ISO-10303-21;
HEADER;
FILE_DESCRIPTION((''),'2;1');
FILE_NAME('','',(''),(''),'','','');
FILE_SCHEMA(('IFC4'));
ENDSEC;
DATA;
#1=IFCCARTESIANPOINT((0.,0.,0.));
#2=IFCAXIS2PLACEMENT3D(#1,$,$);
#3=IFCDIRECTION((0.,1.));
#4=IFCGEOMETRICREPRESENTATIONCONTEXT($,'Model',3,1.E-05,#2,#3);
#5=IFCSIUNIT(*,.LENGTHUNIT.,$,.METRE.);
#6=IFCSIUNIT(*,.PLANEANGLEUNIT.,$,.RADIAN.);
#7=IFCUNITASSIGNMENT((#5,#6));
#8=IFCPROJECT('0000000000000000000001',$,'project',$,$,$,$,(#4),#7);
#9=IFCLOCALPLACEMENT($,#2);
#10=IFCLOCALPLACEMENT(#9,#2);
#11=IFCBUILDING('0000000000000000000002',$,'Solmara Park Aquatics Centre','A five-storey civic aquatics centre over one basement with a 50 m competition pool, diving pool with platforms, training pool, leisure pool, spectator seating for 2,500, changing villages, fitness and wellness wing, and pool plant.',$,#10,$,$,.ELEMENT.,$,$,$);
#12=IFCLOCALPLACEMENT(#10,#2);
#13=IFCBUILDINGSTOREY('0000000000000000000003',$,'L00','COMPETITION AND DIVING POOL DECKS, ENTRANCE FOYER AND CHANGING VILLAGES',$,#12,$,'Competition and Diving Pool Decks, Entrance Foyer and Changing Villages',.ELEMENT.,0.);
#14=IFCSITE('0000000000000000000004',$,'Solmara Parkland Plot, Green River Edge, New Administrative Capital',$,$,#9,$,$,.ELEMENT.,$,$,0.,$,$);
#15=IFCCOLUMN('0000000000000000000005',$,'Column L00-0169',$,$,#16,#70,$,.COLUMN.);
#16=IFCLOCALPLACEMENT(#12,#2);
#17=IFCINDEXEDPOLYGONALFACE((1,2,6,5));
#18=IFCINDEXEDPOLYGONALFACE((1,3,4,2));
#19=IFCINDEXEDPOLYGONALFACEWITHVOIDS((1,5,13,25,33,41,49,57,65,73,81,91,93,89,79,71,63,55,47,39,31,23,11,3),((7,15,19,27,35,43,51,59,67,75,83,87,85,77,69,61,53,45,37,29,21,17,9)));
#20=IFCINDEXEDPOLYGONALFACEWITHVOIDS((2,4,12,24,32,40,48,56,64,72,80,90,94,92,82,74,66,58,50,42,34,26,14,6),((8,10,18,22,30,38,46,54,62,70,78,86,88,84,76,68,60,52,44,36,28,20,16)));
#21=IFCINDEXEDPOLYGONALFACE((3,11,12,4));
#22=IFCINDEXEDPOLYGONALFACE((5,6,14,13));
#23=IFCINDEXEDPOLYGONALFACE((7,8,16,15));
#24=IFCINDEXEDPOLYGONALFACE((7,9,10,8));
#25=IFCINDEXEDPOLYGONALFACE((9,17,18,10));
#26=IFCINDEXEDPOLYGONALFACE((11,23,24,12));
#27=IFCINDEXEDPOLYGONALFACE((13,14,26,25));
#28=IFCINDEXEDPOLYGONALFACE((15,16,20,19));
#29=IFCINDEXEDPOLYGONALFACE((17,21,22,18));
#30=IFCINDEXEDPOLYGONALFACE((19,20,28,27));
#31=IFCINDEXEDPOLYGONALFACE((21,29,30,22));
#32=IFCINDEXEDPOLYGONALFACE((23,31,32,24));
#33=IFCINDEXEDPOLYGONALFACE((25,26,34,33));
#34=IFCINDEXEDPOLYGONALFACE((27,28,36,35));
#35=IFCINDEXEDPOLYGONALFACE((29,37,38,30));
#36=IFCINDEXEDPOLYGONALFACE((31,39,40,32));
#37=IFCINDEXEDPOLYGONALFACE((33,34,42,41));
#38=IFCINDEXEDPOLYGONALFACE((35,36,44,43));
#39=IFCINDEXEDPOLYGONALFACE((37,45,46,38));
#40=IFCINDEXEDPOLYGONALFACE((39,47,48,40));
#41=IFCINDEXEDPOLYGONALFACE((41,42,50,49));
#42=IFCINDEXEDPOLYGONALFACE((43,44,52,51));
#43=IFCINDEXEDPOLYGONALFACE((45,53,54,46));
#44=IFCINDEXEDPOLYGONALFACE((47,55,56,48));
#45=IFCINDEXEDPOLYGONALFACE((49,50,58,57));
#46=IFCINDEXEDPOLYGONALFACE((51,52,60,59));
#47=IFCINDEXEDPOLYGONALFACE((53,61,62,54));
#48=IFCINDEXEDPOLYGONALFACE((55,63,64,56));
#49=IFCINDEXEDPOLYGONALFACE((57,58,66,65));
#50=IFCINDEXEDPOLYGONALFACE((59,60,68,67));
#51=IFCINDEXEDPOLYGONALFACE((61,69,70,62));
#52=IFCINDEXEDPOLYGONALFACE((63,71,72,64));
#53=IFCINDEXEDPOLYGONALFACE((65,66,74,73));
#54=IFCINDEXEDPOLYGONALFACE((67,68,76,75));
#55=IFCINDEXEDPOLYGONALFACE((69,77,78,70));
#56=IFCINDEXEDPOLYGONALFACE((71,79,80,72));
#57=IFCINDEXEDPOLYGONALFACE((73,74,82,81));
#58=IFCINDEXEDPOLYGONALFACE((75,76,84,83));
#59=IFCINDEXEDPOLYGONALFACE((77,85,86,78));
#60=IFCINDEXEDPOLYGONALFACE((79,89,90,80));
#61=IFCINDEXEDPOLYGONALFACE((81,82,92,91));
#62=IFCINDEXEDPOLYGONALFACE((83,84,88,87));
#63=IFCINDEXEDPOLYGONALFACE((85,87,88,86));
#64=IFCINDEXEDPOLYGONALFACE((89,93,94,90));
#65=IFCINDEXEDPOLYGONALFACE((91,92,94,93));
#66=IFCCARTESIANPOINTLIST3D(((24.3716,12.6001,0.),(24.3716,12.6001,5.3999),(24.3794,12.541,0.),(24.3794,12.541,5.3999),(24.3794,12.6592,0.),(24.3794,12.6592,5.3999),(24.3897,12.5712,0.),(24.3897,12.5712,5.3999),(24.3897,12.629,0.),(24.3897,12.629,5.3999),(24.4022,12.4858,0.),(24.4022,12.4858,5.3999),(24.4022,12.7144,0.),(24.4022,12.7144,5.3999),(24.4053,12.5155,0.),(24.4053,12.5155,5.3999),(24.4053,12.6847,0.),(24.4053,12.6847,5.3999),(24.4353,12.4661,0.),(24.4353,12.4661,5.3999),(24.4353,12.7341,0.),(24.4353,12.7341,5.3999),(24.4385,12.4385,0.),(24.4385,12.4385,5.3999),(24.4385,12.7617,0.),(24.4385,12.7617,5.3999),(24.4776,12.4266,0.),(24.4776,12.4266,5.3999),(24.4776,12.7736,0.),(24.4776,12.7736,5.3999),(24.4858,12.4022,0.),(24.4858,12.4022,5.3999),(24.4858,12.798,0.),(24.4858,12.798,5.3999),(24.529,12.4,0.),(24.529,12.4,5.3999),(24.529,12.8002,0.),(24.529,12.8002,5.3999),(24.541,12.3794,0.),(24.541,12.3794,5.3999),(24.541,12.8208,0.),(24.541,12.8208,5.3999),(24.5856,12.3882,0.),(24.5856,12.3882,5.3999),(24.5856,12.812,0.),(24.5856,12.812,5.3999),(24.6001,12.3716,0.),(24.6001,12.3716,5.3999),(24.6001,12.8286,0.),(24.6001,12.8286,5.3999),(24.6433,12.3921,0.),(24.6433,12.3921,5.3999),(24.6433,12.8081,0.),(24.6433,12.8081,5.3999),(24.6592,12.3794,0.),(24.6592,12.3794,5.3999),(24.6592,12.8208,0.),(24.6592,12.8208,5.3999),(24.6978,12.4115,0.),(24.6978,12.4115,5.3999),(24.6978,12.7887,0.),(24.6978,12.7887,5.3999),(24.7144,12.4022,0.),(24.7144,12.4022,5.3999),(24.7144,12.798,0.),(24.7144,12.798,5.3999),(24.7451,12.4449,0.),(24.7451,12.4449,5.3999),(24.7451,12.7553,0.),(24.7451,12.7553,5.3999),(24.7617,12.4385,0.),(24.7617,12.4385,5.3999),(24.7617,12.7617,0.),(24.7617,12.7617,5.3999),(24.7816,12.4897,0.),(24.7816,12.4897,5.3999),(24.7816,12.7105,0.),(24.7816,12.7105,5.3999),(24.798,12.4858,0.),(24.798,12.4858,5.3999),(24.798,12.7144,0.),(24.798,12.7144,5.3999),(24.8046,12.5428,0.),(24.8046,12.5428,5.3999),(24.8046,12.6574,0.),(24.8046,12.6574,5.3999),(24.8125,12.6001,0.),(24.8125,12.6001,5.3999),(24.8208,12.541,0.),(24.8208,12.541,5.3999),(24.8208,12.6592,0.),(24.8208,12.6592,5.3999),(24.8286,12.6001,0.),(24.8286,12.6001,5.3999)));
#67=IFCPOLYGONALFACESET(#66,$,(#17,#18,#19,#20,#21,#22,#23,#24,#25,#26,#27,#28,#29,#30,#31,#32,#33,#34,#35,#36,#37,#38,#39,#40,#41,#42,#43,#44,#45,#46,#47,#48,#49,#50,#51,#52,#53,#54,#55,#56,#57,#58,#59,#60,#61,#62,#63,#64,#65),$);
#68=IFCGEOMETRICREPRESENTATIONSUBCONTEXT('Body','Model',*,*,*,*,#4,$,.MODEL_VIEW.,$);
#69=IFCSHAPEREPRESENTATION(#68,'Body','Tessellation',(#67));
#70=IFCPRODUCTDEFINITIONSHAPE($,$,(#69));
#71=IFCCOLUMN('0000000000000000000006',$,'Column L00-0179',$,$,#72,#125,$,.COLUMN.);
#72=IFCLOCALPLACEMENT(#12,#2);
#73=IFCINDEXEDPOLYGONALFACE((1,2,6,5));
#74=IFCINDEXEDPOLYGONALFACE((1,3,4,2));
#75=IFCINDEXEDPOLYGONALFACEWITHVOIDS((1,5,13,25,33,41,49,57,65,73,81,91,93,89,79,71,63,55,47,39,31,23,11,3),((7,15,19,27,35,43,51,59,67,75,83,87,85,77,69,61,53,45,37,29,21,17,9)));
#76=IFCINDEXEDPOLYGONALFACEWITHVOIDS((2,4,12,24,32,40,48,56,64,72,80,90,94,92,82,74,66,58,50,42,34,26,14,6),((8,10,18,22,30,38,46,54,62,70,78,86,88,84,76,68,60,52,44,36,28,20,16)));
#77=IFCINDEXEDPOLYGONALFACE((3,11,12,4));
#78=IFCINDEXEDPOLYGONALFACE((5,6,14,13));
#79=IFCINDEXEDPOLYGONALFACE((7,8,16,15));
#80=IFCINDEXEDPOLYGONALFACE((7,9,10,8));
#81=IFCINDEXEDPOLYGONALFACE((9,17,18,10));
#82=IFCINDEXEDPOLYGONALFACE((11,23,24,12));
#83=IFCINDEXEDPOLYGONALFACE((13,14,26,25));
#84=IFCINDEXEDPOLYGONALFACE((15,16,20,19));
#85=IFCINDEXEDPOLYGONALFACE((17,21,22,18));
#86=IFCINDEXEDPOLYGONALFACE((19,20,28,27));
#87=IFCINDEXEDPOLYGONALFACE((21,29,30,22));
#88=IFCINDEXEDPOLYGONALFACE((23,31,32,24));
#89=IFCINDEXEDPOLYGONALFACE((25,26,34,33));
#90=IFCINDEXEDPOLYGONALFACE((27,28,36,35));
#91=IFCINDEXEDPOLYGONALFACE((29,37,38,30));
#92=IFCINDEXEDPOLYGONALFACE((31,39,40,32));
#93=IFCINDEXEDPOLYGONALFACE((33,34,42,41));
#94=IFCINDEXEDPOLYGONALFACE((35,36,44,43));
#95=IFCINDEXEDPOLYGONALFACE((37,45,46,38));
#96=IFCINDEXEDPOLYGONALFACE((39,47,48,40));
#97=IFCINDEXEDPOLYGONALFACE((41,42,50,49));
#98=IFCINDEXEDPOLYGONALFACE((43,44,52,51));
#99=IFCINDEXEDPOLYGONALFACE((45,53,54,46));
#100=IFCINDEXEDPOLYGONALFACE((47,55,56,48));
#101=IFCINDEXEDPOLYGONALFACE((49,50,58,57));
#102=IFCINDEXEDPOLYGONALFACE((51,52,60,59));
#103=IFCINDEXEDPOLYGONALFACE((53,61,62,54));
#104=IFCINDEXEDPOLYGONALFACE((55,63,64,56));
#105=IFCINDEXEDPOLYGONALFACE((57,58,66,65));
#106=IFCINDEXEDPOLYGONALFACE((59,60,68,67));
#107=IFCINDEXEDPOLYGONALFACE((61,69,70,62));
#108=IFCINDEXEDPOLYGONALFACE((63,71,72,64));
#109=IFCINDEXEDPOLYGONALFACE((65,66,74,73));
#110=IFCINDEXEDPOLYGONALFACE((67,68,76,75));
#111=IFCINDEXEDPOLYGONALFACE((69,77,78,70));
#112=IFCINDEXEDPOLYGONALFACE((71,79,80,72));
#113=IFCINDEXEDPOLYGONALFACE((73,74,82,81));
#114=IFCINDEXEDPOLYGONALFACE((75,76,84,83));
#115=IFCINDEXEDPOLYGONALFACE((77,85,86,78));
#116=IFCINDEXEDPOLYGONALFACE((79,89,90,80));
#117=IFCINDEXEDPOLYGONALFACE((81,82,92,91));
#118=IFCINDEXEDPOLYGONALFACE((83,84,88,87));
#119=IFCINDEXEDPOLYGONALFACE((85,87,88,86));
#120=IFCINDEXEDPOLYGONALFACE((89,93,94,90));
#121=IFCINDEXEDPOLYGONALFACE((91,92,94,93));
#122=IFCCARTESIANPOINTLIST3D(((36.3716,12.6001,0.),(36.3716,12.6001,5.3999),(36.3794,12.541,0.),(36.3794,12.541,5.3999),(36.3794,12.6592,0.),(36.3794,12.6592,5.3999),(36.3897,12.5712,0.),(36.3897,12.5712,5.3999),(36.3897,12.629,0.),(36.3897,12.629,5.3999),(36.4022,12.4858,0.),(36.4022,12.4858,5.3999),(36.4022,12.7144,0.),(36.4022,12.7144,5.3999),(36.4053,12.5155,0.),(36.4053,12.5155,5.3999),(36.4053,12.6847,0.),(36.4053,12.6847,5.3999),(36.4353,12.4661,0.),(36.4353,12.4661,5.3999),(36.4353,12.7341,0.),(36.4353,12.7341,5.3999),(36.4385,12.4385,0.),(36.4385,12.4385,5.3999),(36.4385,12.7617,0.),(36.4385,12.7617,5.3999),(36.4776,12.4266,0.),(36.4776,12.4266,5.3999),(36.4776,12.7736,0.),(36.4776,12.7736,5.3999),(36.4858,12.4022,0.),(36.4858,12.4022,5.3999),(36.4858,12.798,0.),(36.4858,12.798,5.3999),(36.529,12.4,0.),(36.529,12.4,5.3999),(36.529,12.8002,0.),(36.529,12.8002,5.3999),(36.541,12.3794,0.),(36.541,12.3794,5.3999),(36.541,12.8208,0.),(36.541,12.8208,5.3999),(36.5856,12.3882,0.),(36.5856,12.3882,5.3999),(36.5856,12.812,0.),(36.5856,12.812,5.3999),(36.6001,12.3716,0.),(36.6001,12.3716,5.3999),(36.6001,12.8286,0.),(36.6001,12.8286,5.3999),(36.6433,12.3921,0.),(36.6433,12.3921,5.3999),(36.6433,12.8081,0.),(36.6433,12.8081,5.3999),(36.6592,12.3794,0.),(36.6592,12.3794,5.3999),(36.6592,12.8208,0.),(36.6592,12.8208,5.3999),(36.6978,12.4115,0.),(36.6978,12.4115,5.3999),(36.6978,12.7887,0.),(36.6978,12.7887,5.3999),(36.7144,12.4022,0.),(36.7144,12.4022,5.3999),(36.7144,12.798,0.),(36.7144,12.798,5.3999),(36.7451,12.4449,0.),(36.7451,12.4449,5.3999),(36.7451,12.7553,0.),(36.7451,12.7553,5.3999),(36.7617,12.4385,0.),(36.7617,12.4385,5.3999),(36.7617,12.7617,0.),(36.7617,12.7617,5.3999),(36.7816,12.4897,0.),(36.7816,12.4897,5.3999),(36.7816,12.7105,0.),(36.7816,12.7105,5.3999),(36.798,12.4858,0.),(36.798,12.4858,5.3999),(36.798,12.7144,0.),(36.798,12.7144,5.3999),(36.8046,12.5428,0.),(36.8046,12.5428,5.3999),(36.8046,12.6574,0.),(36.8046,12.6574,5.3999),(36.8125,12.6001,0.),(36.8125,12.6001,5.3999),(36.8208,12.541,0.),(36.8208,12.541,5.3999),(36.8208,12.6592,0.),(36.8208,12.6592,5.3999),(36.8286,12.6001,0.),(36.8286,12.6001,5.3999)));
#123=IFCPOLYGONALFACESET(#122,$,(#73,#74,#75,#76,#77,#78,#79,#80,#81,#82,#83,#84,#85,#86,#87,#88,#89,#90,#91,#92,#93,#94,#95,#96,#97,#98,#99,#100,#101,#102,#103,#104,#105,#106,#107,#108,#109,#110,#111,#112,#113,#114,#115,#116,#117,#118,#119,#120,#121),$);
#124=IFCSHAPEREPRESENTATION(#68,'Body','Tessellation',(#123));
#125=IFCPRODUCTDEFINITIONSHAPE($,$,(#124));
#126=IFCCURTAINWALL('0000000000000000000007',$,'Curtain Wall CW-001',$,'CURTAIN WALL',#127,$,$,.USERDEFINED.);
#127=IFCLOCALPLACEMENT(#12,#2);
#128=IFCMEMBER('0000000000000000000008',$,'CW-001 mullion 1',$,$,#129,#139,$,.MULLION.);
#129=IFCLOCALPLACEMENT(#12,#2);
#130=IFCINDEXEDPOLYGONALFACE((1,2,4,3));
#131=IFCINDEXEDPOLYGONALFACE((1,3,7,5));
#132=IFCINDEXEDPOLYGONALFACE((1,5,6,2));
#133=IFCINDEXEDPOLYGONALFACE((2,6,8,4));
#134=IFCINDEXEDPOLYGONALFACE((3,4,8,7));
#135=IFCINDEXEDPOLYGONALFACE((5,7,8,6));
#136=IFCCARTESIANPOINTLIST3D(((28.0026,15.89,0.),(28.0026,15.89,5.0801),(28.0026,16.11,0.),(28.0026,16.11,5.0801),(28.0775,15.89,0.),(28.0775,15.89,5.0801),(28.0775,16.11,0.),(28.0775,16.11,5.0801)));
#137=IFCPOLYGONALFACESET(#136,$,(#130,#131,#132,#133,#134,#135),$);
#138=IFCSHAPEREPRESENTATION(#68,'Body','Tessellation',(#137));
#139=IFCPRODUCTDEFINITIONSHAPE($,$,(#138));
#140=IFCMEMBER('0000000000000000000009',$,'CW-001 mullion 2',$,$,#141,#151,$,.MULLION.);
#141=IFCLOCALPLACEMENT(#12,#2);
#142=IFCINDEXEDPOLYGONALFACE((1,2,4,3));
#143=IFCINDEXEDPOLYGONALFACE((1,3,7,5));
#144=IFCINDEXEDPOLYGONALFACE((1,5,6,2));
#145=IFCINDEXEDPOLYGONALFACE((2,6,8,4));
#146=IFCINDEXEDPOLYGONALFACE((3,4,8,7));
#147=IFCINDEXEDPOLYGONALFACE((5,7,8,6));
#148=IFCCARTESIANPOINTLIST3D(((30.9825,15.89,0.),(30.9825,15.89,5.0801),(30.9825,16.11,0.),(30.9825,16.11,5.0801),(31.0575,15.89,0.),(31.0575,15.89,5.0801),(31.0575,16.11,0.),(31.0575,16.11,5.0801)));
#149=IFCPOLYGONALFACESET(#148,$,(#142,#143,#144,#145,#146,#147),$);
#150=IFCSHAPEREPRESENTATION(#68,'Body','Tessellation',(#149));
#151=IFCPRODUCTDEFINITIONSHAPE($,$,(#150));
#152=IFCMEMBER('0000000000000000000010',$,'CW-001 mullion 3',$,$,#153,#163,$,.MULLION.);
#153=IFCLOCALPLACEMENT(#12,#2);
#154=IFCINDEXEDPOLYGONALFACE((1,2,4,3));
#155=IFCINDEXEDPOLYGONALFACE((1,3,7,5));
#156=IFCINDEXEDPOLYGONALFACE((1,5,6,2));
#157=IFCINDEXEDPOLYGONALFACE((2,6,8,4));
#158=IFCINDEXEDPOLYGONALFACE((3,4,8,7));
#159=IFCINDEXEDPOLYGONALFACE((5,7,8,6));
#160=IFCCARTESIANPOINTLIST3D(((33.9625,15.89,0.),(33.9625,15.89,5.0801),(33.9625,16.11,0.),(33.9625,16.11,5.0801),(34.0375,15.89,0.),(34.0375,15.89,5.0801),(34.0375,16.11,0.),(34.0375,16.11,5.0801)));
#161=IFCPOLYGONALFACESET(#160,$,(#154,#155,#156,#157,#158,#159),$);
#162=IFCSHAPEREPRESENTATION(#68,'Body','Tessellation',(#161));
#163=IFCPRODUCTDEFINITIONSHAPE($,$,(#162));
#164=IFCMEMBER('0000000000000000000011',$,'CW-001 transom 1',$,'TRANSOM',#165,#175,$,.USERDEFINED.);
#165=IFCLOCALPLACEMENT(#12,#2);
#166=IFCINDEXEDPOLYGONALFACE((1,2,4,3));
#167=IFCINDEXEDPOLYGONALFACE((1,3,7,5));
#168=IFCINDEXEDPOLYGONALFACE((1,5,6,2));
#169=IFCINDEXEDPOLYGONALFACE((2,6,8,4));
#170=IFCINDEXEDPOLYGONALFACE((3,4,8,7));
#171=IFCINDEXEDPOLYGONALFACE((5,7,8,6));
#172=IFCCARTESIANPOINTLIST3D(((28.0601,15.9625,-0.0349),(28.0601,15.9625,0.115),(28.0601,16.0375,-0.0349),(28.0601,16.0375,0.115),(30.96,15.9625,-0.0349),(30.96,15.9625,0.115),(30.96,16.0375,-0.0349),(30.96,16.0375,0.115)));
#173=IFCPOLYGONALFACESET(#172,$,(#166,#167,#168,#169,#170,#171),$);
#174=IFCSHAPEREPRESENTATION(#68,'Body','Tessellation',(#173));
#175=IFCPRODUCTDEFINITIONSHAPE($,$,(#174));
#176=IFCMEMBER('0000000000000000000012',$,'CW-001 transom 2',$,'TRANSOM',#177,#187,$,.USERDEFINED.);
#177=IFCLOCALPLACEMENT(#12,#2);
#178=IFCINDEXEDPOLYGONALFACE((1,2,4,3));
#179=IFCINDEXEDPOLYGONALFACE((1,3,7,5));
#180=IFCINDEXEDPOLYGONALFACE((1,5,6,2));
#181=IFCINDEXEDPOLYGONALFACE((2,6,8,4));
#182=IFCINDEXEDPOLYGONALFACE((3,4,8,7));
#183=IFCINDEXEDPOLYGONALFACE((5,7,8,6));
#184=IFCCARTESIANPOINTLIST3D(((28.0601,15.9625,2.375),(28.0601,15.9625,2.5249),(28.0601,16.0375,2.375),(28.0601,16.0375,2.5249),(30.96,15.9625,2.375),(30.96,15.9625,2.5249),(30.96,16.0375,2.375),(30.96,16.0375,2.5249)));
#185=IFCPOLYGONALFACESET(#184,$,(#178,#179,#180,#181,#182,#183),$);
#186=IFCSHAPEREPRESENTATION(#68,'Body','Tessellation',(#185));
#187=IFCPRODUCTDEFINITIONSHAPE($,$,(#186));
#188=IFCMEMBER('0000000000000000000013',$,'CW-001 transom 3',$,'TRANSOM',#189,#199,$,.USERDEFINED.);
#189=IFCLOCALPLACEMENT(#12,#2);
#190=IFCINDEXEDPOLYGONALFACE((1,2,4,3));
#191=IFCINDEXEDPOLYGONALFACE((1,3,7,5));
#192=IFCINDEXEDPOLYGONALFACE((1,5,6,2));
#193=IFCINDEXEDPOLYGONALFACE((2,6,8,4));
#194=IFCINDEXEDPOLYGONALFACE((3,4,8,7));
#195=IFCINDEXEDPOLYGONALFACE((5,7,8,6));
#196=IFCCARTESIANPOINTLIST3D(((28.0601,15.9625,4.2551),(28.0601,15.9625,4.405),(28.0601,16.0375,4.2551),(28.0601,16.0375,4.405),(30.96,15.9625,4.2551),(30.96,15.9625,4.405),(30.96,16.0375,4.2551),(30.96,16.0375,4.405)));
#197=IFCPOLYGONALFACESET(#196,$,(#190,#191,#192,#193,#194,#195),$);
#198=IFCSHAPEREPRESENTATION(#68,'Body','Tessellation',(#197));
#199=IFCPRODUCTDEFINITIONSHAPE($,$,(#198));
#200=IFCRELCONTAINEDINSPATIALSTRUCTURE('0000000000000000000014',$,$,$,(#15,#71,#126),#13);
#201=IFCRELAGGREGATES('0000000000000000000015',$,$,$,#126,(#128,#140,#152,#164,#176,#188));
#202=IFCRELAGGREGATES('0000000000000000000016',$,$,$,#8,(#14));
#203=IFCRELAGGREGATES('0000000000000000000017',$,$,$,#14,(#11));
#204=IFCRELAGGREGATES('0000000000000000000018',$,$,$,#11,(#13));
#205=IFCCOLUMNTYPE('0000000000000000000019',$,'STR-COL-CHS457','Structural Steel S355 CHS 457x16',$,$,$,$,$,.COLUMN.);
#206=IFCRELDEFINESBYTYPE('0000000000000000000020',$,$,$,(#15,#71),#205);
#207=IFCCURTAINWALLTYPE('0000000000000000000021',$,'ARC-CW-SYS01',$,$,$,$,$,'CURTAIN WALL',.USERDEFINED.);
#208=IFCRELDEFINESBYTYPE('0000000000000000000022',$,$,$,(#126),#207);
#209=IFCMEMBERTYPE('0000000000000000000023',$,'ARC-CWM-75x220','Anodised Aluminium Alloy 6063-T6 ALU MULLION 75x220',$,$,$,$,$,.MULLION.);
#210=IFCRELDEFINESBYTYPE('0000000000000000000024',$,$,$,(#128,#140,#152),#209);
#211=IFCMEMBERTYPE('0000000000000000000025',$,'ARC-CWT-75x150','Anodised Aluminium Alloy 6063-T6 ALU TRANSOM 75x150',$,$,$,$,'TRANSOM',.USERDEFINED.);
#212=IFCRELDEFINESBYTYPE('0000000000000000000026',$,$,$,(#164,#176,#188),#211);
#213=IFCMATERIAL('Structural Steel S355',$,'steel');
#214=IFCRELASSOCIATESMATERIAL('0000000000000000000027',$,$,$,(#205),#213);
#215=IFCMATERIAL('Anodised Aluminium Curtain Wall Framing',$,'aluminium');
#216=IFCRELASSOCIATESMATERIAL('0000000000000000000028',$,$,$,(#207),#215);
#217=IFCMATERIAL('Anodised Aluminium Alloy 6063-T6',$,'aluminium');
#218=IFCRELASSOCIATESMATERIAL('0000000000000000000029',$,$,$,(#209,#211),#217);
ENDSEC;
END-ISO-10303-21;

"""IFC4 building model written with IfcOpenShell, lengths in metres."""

from ifc_helpers import new_model, si_unit, direction, frame, origin, origin_2d, place, context, subcontext, project, spatial, rectangle, hollow_circle, extrude, material, material_profile, profile_set, type_object, element, aggregate, save


model = new_model("IFC4")

# Units and contexts
model_context = context("Model", 3, precision=1e-05, world=origin(), true_north=direction((0.0, 1.0)))
body_context = subcontext(model_context, "Body", "Model", "MODEL_VIEW")
ifc_project = project(units=[si_unit("LENGTHUNIT", "METRE"), si_unit("PLANEANGLEUNIT", "RADIAN")], contexts=[model_context])

# Site, building, storey
site_placement = place(None, origin())
site = spatial("IfcSite", under=ifc_project, at=site_placement, Name="Solmara Parkland Plot, Green River Edge, New Administrative Capital", CompositionType="ELEMENT", RefElevation=0.0)
building_placement = place(site_placement, origin())
building = spatial("IfcBuilding", under=site, at=building_placement, Name="Solmara Park Aquatics Centre", Description="A five-storey civic aquatics centre over one basement with a 50 m competition pool, diving pool with platforms, training pool, leisure pool, spectator seating for 2,500, changing villages, fitness and wellness wing, and pool plant.", CompositionType="ELEMENT")
storey_placement = place(building_placement, origin())
storey = spatial("IfcBuildingStorey", under=building, at=storey_placement, Name="L00", Description="COMPETITION AND DIVING POOL DECKS, ENTRANCE FOYER AND CHANGING VILLAGES", LongName="Competition and Diving Pool Decks, Entrance Foyer and Changing Villages", CompositionType="ELEMENT", Elevation=0.0)

# Columns
ifc_material_1 = material(Name="Structural Steel S355", Category="steel")
ifc_material_profile_1 = material_profile(ifc_material_1, hollow_circle(Radius=0.2285, WallThickness=0.0161, at=origin_2d()), Name="CHS 457x16")
ifc_profile_set_1 = profile_set([ifc_material_profile_1], Name="Structural Steel S355")
column_type = type_object("IfcColumnType", Name="STR-COL-CHS457", Description="Structural Steel S355 CHS 457x16", PredefinedType="COLUMN", material=ifc_profile_set_1)
for number, where, z_axis, x_axis, name in (
    (1, (24.6001, 12.6001, 0.0), (0.0, 0.0, 1.0), (1.0, 0.0, 0.0), "Column L00-0169"),
    (2, (36.6001, 12.6001, 0.0), (0.0, 0.0, 1.0), (1.0, 0.0, 0.0), "Column L00-0179"),
):
    element("IfcColumn", number, at=place(storey_placement, frame(where, z_axis=z_axis, x_axis=x_axis)), inside=storey, type_object=column_type, Name=name, PredefinedType="COLUMN", context=body_context, shape_type="SweptSolid", body=[
        extrude(hollow_circle(Radius=0.2285, WallThickness=0.0161, at=origin_2d()), origin(), (0.0, 0.0, 1.0), 5.3999),
    ])

# Curtain wall, members
ifc_material_2 = material(Name="Anodised Aluminium Curtain Wall Framing", Category="aluminium")
curtain_wall_type = type_object("IfcCurtainWallType", Name="ARC-CW-SYS01", ElementType="CURTAIN WALL", PredefinedType="USERDEFINED", material=ifc_material_2)
curtain_wall_placement = place(storey_placement, origin())
curtain_wall = element("IfcCurtainWall", 3, at=curtain_wall_placement, inside=storey, type_object=curtain_wall_type, Name="Curtain Wall CW-001", ObjectType="CURTAIN WALL", PredefinedType="USERDEFINED")
ifc_material_3 = material(Name="Anodised Aluminium Alloy 6063-T6", Category="aluminium")
ifc_material_profile_2 = material_profile(ifc_material_3, rectangle(XDim=0.075, YDim=0.22, at=origin_2d()), Name="ALU MULLION 75x220")
ifc_profile_set_2 = profile_set([ifc_material_profile_2], Name="Anodised Aluminium Alloy 6063-T6")
member_type_1 = type_object("IfcMemberType", Name="ARC-CWM-75x220", Description="Anodised Aluminium Alloy 6063-T6 ALU MULLION 75x220", PredefinedType="MULLION", material=ifc_profile_set_2)
member_1_placement = place(storey_placement, frame((28.04, 16.0, 0.0), z_axis=(0.0, 0.0, 1.0), x_axis=(1.0, 0.0, 0.0)))
member_1 = element("IfcMember", 4, at=member_1_placement, type_object=member_type_1, Name="CW-001 mullion 1", PredefinedType="MULLION", context=body_context, shape_type="SweptSolid", body=[
    extrude(rectangle(XDim=0.075, YDim=0.22, at=origin_2d()), origin(), (0.0, 0.0, 1.0), 5.0801),
])
member_2_placement = place(storey_placement, frame((31.02, 16.0, 0.0), z_axis=(0.0, 0.0, 1.0), x_axis=(1.0, 0.0, 0.0)))
member_2 = element("IfcMember", 5, at=member_2_placement, type_object=member_type_1, Name="CW-001 mullion 2", PredefinedType="MULLION", context=body_context, shape_type="SweptSolid", body=[
    extrude(rectangle(XDim=0.075, YDim=0.22, at=origin_2d()), origin(), (0.0, 0.0, 1.0), 5.0801),
])
member_3_placement = place(storey_placement, frame((34.0, 16.0, 0.0), z_axis=(0.0, 0.0, 1.0), x_axis=(1.0, 0.0, 0.0)))
member_3 = element("IfcMember", 6, at=member_3_placement, type_object=member_type_1, Name="CW-001 mullion 3", PredefinedType="MULLION", context=body_context, shape_type="SweptSolid", body=[
    extrude(rectangle(XDim=0.075, YDim=0.22, at=origin_2d()), origin(), (0.0, 0.0, 1.0), 5.0801),
])
ifc_material_profile_3 = material_profile(ifc_material_3, rectangle(XDim=0.075, YDim=0.1499, at=origin_2d()), Name="ALU TRANSOM 75x150")
ifc_profile_set_3 = profile_set([ifc_material_profile_3], Name="Anodised Aluminium Alloy 6063-T6")
member_type_2 = type_object("IfcMemberType", Name="ARC-CWT-75x150", Description="Anodised Aluminium Alloy 6063-T6 ALU TRANSOM 75x150", ElementType="TRANSOM", PredefinedType="USERDEFINED", material=ifc_profile_set_3)
member_4_placement = place(storey_placement, frame((28.0601, 16.0, 0.04), z_axis=(1.0, 0.0, 0.0), x_axis=(0.0, 1.0, 0.0)))
member_4 = element("IfcMember", 7, at=member_4_placement, type_object=member_type_2, Name="CW-001 transom 1", ObjectType="TRANSOM", PredefinedType="USERDEFINED", context=body_context, shape_type="SweptSolid", body=[
    extrude(rectangle(XDim=0.075, YDim=0.1499, at=origin_2d()), origin(), (0.0, 0.0, 1.0), 2.8999),
])
member_5_placement = place(storey_placement, frame((28.0601, 16.0, 2.45), z_axis=(1.0, 0.0, 0.0), x_axis=(0.0, 1.0, 0.0)))
member_5 = element("IfcMember", 8, at=member_5_placement, type_object=member_type_2, Name="CW-001 transom 2", ObjectType="TRANSOM", PredefinedType="USERDEFINED", context=body_context, shape_type="SweptSolid", body=[
    extrude(rectangle(XDim=0.075, YDim=0.1499, at=origin_2d()), origin(), (0.0, 0.0, 1.0), 2.8999),
])
member_6_placement = place(storey_placement, frame((28.0601, 16.0, 4.3301), z_axis=(1.0, 0.0, 0.0), x_axis=(0.0, 1.0, 0.0)))
member_6 = element("IfcMember", 9, at=member_6_placement, type_object=member_type_2, Name="CW-001 transom 3", ObjectType="TRANSOM", PredefinedType="USERDEFINED", context=body_context, shape_type="SweptSolid", body=[
    extrude(rectangle(XDim=0.075, YDim=0.1499, at=origin_2d()), origin(), (0.0, 0.0, 1.0), 2.8999),
])

aggregate(curtain_wall, [member_1, member_2, member_3, member_4, member_5, member_6])

save(model, "model.ifc")
